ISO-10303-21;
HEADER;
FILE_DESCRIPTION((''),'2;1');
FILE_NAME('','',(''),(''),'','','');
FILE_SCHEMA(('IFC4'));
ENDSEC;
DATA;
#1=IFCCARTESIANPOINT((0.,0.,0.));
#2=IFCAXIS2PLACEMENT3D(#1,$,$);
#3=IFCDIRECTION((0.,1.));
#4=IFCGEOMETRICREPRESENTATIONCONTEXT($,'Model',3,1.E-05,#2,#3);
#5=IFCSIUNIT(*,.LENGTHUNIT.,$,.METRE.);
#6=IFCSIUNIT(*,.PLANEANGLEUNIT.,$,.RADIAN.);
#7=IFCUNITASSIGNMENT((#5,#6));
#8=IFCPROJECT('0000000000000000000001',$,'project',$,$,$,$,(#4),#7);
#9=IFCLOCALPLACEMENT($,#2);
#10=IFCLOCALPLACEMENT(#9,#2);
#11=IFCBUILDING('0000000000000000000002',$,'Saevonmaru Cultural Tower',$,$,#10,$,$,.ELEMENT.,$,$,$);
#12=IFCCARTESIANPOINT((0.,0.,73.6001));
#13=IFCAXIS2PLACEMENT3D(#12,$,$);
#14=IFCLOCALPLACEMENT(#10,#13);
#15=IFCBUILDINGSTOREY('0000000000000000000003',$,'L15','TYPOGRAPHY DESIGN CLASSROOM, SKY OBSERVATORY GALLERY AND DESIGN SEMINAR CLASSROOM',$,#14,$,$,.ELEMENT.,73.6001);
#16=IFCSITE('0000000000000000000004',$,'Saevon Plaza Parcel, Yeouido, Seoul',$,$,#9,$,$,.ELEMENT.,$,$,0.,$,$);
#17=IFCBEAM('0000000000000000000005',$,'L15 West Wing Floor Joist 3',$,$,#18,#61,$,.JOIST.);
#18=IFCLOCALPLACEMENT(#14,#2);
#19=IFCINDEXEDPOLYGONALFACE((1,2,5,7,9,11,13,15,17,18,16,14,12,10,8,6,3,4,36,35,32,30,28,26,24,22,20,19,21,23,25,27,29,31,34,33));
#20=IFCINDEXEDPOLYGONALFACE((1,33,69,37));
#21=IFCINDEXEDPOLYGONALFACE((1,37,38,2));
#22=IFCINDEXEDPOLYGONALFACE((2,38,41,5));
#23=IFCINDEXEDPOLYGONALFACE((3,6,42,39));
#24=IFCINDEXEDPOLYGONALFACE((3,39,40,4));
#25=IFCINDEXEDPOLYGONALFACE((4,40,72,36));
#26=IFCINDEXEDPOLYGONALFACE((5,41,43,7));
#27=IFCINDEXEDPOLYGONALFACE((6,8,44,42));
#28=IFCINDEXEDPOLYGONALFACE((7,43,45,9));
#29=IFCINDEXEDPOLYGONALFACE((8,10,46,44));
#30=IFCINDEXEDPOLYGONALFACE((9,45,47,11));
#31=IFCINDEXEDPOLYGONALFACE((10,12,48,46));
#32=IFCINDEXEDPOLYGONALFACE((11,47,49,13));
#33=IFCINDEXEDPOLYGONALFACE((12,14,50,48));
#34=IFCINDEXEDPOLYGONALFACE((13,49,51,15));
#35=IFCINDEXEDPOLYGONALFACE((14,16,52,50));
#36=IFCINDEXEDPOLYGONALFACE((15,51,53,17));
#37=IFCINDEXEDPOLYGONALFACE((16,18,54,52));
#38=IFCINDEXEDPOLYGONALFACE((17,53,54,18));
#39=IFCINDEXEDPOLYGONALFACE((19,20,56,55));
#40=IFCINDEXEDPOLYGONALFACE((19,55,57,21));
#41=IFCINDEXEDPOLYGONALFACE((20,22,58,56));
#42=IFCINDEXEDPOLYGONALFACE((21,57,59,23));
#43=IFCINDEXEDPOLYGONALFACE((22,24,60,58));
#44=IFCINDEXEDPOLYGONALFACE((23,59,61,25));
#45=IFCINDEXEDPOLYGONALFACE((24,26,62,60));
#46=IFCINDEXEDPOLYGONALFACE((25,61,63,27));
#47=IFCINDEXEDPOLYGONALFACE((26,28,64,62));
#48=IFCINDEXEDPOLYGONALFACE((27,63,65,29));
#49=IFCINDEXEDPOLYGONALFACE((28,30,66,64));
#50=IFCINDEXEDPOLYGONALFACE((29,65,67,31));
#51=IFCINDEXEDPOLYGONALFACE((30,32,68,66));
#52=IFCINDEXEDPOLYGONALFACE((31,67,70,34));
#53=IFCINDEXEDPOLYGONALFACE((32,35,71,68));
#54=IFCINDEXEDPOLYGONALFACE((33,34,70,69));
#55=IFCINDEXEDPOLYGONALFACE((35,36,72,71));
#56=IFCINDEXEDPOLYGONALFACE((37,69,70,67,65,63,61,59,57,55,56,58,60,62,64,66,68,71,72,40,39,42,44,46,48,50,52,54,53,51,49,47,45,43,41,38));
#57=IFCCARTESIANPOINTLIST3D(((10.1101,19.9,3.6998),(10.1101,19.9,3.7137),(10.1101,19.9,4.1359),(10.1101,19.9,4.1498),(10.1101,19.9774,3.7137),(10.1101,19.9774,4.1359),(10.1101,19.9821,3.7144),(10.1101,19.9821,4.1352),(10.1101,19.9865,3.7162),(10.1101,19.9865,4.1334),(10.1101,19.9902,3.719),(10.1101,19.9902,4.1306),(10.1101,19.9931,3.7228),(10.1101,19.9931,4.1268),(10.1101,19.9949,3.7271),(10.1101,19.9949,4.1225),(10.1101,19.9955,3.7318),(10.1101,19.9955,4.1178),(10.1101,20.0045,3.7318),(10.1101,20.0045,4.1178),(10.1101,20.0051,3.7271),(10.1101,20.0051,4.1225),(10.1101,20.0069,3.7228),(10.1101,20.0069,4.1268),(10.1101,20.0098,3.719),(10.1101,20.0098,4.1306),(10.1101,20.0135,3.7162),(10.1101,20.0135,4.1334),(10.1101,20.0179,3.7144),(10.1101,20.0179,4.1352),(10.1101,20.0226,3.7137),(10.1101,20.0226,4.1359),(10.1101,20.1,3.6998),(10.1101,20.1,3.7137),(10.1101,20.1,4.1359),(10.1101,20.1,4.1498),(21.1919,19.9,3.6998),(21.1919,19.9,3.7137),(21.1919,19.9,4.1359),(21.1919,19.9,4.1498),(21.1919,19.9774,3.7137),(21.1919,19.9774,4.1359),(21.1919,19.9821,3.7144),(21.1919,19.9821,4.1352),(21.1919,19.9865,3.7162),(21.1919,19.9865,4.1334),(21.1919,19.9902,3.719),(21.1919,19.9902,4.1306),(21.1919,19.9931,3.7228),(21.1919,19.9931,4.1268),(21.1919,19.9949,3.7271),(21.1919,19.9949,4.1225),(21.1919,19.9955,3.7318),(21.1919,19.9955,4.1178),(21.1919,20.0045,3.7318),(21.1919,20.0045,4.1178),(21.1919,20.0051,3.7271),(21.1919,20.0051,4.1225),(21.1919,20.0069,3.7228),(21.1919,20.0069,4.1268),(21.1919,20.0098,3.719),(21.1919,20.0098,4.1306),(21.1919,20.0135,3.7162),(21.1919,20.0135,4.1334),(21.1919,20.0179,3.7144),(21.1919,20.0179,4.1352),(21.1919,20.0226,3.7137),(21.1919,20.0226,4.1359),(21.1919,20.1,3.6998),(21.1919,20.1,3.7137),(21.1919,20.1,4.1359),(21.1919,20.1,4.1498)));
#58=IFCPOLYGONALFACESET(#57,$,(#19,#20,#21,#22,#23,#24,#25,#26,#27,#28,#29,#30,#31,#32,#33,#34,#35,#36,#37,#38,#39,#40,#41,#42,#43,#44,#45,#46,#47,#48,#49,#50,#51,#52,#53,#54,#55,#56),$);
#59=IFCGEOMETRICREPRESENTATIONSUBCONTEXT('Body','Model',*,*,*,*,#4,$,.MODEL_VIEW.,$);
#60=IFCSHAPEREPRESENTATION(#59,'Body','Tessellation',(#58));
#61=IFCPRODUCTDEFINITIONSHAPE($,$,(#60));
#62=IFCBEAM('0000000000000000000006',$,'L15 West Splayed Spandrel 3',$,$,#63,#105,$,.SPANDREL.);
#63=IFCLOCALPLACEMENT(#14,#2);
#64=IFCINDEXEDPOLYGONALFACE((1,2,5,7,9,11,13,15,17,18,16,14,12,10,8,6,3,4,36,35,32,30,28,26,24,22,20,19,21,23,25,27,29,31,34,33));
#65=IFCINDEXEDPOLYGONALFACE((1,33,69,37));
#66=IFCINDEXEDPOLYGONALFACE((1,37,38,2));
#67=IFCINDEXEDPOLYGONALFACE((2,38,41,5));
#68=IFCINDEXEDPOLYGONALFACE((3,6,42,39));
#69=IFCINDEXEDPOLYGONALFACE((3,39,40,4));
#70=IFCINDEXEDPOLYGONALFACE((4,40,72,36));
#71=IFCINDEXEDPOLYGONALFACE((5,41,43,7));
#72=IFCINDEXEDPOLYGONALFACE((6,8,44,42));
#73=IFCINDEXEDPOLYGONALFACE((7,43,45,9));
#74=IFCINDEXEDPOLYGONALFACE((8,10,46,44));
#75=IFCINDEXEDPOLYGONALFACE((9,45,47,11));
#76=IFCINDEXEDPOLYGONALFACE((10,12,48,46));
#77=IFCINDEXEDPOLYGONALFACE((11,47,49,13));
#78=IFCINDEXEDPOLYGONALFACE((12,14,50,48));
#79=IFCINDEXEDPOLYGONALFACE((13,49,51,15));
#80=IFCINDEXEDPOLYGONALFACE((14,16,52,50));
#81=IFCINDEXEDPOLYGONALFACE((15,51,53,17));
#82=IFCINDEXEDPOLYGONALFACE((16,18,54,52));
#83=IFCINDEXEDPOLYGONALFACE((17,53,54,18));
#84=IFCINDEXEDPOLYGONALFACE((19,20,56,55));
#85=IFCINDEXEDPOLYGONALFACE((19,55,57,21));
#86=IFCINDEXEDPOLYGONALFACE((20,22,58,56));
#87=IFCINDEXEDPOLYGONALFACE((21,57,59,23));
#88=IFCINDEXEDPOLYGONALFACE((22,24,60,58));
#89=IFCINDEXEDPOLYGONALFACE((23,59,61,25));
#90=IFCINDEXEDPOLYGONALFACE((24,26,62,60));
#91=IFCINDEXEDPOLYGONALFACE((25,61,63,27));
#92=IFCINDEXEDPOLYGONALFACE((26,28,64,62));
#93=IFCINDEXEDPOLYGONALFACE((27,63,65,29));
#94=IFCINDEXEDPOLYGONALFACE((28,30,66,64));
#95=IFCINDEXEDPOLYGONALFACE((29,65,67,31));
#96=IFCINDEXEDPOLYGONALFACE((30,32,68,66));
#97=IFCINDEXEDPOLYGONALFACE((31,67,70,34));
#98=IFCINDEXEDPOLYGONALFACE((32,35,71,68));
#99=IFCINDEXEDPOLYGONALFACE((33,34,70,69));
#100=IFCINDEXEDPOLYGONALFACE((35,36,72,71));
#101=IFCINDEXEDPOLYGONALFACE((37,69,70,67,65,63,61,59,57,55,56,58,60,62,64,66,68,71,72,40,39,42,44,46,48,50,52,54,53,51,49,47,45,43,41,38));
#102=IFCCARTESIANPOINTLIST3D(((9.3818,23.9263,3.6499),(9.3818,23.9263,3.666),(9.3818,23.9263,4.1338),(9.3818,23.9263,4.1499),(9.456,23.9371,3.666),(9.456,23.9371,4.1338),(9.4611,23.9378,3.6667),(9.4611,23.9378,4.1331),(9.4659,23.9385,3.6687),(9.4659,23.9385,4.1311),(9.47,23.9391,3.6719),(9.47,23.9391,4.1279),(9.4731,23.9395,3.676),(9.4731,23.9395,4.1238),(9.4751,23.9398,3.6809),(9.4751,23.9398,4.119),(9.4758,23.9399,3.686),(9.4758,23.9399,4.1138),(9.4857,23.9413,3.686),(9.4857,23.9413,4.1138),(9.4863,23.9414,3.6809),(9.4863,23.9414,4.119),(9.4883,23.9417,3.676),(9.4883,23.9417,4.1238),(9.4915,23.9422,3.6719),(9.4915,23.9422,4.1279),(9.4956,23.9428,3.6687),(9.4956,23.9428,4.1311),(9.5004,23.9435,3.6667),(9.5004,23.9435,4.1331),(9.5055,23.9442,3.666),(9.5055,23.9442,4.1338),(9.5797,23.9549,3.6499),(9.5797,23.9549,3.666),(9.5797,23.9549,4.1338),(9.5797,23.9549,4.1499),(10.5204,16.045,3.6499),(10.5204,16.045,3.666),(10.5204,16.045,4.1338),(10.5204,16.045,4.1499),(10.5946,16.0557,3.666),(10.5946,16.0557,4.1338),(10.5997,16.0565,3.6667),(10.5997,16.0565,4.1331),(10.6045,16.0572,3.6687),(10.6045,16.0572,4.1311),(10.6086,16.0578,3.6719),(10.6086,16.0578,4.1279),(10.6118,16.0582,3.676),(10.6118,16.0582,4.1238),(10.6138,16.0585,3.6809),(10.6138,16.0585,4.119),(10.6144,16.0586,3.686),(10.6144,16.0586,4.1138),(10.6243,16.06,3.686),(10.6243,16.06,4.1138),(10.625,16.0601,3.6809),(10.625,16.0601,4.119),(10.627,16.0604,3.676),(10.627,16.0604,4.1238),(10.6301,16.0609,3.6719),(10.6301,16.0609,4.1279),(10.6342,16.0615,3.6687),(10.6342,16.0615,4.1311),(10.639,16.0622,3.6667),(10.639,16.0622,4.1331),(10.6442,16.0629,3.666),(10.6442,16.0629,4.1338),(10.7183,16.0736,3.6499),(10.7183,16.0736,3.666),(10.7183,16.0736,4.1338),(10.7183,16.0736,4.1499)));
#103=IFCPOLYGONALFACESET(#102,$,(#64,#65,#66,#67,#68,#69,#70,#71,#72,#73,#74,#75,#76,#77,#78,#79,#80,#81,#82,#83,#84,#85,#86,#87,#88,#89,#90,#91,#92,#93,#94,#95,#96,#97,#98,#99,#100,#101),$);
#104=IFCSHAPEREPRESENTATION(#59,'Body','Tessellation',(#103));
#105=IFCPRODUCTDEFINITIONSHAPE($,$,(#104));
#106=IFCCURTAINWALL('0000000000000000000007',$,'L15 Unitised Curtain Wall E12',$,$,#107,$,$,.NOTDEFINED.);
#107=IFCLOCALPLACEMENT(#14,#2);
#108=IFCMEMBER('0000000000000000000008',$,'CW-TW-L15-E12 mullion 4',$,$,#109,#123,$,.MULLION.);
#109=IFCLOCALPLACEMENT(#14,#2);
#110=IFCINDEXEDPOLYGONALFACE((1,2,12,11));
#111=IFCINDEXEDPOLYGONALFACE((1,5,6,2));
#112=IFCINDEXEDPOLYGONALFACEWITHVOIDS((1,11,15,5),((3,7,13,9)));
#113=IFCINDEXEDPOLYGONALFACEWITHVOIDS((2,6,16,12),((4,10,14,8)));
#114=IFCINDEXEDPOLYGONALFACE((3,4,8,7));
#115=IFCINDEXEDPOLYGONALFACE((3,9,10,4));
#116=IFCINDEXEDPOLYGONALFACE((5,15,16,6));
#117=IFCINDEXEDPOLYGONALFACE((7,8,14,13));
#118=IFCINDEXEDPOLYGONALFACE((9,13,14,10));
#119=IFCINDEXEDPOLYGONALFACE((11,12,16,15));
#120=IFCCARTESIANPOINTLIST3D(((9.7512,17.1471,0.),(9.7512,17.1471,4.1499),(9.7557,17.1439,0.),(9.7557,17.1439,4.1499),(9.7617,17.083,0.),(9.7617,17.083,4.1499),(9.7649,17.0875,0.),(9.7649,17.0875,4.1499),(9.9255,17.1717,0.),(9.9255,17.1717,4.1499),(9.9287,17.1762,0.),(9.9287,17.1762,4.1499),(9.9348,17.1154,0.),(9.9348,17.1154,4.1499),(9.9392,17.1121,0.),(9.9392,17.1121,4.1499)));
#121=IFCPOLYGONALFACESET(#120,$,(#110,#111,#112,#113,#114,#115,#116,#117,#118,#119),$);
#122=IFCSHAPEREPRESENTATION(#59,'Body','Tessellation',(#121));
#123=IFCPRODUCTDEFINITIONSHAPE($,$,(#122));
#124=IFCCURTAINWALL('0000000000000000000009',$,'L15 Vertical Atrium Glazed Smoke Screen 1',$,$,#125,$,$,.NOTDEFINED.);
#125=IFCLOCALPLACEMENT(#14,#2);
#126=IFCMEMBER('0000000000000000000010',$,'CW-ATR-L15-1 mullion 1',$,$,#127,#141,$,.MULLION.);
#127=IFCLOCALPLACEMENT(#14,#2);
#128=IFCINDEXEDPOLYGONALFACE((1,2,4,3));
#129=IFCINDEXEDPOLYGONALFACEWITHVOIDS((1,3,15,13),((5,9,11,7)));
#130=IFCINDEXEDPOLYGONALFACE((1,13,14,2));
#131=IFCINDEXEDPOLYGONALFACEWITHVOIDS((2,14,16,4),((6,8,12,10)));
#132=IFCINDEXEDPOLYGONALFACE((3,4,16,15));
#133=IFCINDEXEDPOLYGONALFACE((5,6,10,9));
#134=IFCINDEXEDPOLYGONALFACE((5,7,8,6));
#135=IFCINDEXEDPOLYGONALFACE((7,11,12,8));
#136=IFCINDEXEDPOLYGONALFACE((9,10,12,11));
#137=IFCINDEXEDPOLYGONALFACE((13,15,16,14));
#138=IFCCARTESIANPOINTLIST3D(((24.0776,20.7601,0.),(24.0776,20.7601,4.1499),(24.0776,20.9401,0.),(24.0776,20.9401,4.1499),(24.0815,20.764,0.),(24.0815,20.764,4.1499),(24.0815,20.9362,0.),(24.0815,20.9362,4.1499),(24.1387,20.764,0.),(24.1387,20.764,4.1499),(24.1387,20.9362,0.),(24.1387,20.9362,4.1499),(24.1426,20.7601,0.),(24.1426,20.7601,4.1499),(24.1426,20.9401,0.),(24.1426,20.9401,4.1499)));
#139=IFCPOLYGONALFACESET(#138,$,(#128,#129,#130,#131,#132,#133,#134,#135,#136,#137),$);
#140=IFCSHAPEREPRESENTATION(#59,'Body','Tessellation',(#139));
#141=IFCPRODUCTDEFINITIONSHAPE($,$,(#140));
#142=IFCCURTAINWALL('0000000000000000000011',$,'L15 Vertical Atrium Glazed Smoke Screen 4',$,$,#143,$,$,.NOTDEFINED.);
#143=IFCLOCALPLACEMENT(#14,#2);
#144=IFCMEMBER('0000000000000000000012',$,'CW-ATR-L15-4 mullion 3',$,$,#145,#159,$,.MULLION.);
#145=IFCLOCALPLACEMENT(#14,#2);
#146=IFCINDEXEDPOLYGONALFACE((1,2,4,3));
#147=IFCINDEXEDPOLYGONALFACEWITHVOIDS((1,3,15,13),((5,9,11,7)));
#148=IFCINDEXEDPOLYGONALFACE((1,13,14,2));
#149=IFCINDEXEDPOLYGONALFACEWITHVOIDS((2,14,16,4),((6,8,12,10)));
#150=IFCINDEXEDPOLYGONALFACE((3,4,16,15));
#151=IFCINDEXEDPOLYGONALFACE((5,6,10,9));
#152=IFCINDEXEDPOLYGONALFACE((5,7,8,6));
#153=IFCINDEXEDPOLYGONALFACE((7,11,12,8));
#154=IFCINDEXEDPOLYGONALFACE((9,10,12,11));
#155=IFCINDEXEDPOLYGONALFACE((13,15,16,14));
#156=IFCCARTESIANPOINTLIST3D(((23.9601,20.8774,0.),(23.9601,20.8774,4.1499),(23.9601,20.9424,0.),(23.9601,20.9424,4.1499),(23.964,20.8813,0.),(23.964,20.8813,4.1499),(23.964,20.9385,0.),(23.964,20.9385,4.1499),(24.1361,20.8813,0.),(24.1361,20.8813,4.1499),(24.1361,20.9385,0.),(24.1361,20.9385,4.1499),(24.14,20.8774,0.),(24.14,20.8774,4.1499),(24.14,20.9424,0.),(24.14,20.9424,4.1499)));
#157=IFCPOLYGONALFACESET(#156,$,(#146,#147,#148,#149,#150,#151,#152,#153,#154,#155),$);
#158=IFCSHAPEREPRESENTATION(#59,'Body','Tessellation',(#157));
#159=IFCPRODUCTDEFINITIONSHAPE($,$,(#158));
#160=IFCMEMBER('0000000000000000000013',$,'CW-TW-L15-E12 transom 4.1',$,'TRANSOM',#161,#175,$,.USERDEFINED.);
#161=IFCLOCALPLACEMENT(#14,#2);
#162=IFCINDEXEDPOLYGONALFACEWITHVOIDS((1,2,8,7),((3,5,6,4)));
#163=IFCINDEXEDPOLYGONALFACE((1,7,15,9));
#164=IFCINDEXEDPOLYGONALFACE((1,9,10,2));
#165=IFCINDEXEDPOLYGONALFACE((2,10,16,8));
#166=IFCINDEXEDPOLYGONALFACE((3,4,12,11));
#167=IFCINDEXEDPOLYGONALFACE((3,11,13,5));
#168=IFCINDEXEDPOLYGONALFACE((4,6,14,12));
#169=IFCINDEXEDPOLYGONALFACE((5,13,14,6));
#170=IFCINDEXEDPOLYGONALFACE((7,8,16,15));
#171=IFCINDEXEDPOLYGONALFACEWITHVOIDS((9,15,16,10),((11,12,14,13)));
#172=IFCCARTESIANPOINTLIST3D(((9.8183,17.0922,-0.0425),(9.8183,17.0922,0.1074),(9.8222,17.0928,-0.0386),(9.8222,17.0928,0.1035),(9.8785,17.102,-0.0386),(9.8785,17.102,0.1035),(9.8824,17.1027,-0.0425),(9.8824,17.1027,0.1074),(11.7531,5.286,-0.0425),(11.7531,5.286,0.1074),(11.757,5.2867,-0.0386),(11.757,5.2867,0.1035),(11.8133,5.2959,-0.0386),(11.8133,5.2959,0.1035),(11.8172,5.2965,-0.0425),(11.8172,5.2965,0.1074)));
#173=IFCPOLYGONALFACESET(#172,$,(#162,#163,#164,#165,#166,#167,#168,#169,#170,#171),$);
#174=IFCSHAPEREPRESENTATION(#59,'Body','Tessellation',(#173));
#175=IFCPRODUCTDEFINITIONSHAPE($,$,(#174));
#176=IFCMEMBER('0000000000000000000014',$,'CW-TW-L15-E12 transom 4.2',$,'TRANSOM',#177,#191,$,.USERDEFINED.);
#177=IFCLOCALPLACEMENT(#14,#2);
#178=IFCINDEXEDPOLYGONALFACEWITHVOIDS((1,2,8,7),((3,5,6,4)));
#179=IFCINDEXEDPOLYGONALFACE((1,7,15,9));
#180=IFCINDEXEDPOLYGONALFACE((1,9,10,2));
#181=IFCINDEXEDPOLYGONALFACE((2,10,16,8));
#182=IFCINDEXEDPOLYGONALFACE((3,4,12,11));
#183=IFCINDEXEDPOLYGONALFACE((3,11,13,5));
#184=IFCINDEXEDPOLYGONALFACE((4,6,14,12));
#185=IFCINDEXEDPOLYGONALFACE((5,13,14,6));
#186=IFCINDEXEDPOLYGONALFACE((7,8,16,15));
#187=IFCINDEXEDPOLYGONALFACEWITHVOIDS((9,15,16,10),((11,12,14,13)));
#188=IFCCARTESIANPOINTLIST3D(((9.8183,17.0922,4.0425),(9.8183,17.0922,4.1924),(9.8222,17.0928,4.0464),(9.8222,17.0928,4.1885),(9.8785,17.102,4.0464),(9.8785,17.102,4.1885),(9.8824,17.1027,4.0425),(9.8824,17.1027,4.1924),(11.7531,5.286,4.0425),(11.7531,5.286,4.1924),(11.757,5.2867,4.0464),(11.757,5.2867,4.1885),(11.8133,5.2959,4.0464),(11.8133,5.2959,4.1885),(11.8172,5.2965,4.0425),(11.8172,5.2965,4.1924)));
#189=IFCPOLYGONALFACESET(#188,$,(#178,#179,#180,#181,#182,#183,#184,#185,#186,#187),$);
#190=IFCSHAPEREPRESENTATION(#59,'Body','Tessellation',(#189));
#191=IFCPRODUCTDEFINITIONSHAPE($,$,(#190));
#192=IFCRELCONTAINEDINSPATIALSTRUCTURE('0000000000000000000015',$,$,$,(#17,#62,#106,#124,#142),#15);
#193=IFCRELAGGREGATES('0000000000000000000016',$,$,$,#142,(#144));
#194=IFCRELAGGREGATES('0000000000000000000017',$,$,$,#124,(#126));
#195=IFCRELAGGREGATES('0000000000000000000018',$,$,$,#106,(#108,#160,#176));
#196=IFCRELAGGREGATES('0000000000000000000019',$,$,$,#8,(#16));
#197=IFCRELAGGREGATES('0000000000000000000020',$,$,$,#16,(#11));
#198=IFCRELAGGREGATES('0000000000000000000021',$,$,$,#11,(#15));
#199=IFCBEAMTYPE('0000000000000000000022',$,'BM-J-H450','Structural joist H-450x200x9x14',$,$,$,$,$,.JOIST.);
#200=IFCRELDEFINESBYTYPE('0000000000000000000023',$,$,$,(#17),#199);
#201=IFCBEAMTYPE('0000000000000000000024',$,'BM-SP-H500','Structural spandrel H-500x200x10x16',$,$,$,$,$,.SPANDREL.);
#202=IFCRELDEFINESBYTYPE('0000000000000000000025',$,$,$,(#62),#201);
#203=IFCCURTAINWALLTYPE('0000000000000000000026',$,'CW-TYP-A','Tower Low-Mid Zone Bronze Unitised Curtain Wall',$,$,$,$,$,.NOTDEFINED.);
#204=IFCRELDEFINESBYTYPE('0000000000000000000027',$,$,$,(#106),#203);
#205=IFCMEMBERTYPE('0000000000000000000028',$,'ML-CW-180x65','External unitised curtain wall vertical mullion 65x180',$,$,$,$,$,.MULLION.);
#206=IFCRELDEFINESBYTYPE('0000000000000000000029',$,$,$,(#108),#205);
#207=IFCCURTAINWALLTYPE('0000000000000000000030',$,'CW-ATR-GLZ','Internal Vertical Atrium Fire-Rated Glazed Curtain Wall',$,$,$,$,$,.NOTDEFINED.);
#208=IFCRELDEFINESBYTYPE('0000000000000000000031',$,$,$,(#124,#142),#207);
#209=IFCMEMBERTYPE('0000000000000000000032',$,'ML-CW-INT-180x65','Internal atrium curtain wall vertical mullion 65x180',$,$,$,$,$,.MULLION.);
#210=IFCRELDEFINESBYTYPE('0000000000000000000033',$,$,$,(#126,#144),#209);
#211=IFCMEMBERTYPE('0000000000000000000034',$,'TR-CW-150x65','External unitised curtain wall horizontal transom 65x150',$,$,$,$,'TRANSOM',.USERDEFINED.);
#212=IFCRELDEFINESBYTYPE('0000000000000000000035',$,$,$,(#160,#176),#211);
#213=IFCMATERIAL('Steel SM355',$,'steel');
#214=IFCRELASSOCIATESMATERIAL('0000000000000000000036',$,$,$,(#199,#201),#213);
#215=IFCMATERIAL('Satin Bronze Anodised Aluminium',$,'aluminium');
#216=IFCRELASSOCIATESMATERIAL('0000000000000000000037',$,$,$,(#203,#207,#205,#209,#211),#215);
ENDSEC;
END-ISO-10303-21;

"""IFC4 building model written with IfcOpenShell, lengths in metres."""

from ifc_helpers import new_model, si_unit, direction, frame, origin, origin_2d, place, context, subcontext, project, spatial, hollow_rectangle, i_section, extrude, material, material_profile, profile_set, type_object, element, aggregate, save


model = new_model("IFC4")

# Units and contexts
model_context = context("Model", 3, precision=1e-05, world=origin(), true_north=direction((0.0, 1.0)))
body_context = subcontext(model_context, "Body", "Model", "MODEL_VIEW")
ifc_project = project(units=[si_unit("LENGTHUNIT", "METRE"), si_unit("PLANEANGLEUNIT", "RADIAN")], contexts=[model_context])

# Site, building, storey
site_placement = place(None, origin())
site = spatial("IfcSite", under=ifc_project, at=site_placement, Name="Saevon Plaza Parcel, Yeouido, Seoul", CompositionType="ELEMENT", RefElevation=0.0)
building_placement = place(site_placement, origin())
building = spatial("IfcBuilding", under=site, at=building_placement, Name="Saevonmaru Cultural Tower", CompositionType="ELEMENT")
storey_placement = place(building_placement, frame((0.0, 0.0, 73.6001)))
storey = spatial("IfcBuildingStorey", under=building, at=storey_placement, Name="L15", Description="TYPOGRAPHY DESIGN CLASSROOM, SKY OBSERVATORY GALLERY AND DESIGN SEMINAR CLASSROOM", CompositionType="ELEMENT", Elevation=73.6001)

# Beams
ifc_material_1 = material(Name="Steel SM355", Category="steel")
ifc_material_profile_1 = material_profile(ifc_material_1, i_section(OverallWidth=0.2, OverallDepth=0.45, WebThickness=0.009, FlangeThickness=0.0139, FilletRadius=0.0181, at=origin_2d()), Name="H-450x200x9x14")
ifc_profile_set_1 = profile_set([ifc_material_profile_1], Name="Steel SM355")
beam_type_1 = type_object("IfcBeamType", Name="BM-J-H450", Description="Structural joist H-450x200x9x14", PredefinedType="JOIST", material=ifc_profile_set_1)
beam_1_placement = place(storey_placement, frame((10.1101, 20.0, 3.9248), z_axis=(1.0, 0.0, 0.0), x_axis=(0.0, 1.0, 0.0)))
element("IfcBeam", 1, at=beam_1_placement, inside=storey, type_object=beam_type_1, Name="L15 West Wing Floor Joist 3", PredefinedType="JOIST", context=body_context, shape_type="SweptSolid", body=[
    extrude(i_section(OverallWidth=0.2, OverallDepth=0.45, WebThickness=0.009, FlangeThickness=0.0139, FilletRadius=0.0181, at=origin_2d()), origin(), (0.0, 0.0, 1.0), 11.0818),
])
ifc_material_profile_2 = material_profile(ifc_material_1, i_section(OverallWidth=0.2, OverallDepth=0.5, WebThickness=0.01, FlangeThickness=0.0161, FilletRadius=0.02, at=origin_2d()), Name="H-500x200x10x16")
ifc_profile_set_2 = profile_set([ifc_material_profile_2], Name="Steel SM355")
beam_type_2 = type_object("IfcBeamType", Name="BM-SP-H500", Description="Structural spandrel H-500x200x10x16", PredefinedType="SPANDREL", material=ifc_profile_set_2)
beam_2_placement = place(storey_placement, frame((10.6194, 16.0593, 3.8999), z_axis=(-0.142992, 0.989724, 0.0), x_axis=(-0.989724, -0.142992, 0.0)))
element("IfcBeam", 2, at=beam_2_placement, inside=storey, type_object=beam_type_2, Name="L15 West Splayed Spandrel 3", PredefinedType="SPANDREL", context=body_context, shape_type="SweptSolid", body=[
    extrude(i_section(OverallWidth=0.2, OverallDepth=0.5, WebThickness=0.01, FlangeThickness=0.0161, FilletRadius=0.02, at=origin_2d()), origin(), (0.0, 0.0, 1.0), 7.9631),
])

# Curtain walls, members
ifc_material_2 = material(Name="Satin Bronze Anodised Aluminium", Category="aluminium")
curtain_wall_type_1 = type_object("IfcCurtainWallType", Name="CW-TYP-A", Description="Tower Low-Mid Zone Bronze Unitised Curtain Wall", PredefinedType="NOTDEFINED", material=ifc_material_2)
curtain_wall_1_placement = place(storey_placement, origin())
curtain_wall_1 = element("IfcCurtainWall", 3, at=curtain_wall_1_placement, inside=storey, type_object=curtain_wall_type_1, Name="L15 Unitised Curtain Wall E12", PredefinedType="NOTDEFINED")
ifc_material_profile_3 = material_profile(ifc_material_2, hollow_rectangle(XDim=0.0649, YDim=0.1799, WallThickness=0.0039, at=origin_2d()), Name="ALU-MULL-180x65x4")
ifc_profile_set_3 = profile_set([ifc_material_profile_3], Name="Satin Bronze Anodised Aluminium")
member_type_1 = type_object("IfcMemberType", Name="ML-CW-180x65", Description="External unitised curtain wall vertical mullion 65x180", PredefinedType="MULLION", material=ifc_profile_set_3)
member_1_placement = place(storey_placement, frame((9.8452, 17.1296, 0.0), z_axis=(0.0, 0.0, 1.0), x_axis=(0.161709, -0.986839, 0.0)))
member_1 = element("IfcMember", 4, at=member_1_placement, type_object=member_type_1, Name="CW-TW-L15-E12 mullion 4", PredefinedType="MULLION", context=body_context, shape_type="SweptSolid", body=[
    extrude(hollow_rectangle(XDim=0.0649, YDim=0.1799, WallThickness=0.0039, at=origin_2d()), origin(), (0.0, 0.0, 1.0), 4.1499),
])
curtain_wall_type_2 = type_object("IfcCurtainWallType", Name="CW-ATR-GLZ", Description="Internal Vertical Atrium Fire-Rated Glazed Curtain Wall", PredefinedType="NOTDEFINED", material=ifc_material_2)
curtain_wall_2_placement = place(storey_placement, origin())
curtain_wall_2 = element("IfcCurtainWall", 5, at=curtain_wall_2_placement, inside=storey, type_object=curtain_wall_type_2, Name="L15 Vertical Atrium Glazed Smoke Screen 1", PredefinedType="NOTDEFINED")
ifc_material_profile_4 = material_profile(ifc_material_2, hollow_rectangle(XDim=0.0649, YDim=0.1799, WallThickness=0.0039, at=origin_2d()), Name="ALU-MULL-180x65x4")
ifc_profile_set_4 = profile_set([ifc_material_profile_4], Name="Satin Bronze Anodised Aluminium")
member_type_2 = type_object("IfcMemberType", Name="ML-CW-INT-180x65", Description="Internal atrium curtain wall vertical mullion 65x180", PredefinedType="MULLION", material=ifc_profile_set_4)
member_2_placement = place(storey_placement, frame((24.1101, 20.8501, 0.0), z_axis=(0.0, 0.0, 1.0), x_axis=(1.0, 0.0, 0.0)))
member_2 = element("IfcMember", 6, at=member_2_placement, type_object=member_type_2, Name="CW-ATR-L15-1 mullion 1", PredefinedType="MULLION", context=body_context, shape_type="SweptSolid", body=[
    extrude(hollow_rectangle(XDim=0.0649, YDim=0.1799, WallThickness=0.0039, at=origin_2d()), origin(), (0.0, 0.0, 1.0), 4.1499),
])
curtain_wall_3_placement = place(storey_placement, origin())
curtain_wall_3 = element("IfcCurtainWall", 7, at=curtain_wall_3_placement, inside=storey, type_object=curtain_wall_type_2, Name="L15 Vertical Atrium Glazed Smoke Screen 4", PredefinedType="NOTDEFINED")
member_3_placement = place(storey_placement, frame((24.05, 20.9099, 0.0), z_axis=(0.0, 0.0, 1.0), x_axis=(0.0, -1.0, 0.0)))
member_3 = element("IfcMember", 8, at=member_3_placement, type_object=member_type_2, Name="CW-ATR-L15-4 mullion 3", PredefinedType="MULLION", context=body_context, shape_type="SweptSolid", body=[
    extrude(hollow_rectangle(XDim=0.0649, YDim=0.1799, WallThickness=0.0039, at=origin_2d()), origin(), (0.0, 0.0, 1.0), 4.1499),
])
aggregate(curtain_wall_3, [member_3])

# Members
ifc_material_profile_5 = material_profile(ifc_material_2, hollow_rectangle(XDim=0.0649, YDim=0.1499, WallThickness=0.0039, at=origin_2d()), Name="ALU-TRAN-150x65x4")
ifc_profile_set_5 = profile_set([ifc_material_profile_5], Name="Satin Bronze Anodised Aluminium")
member_type_3 = type_object("IfcMemberType", Name="TR-CW-150x65", Description="External unitised curtain wall horizontal transom 65x150", ElementType="TRANSOM", PredefinedType="USERDEFINED", material=ifc_profile_set_5)
member_4_placement = place(storey_placement, frame((9.8503, 17.0974, 0.0325), z_axis=(0.161725, -0.986836, 0.0), x_axis=(0.986836, 0.161725, 0.0)))
member_4 = element("IfcMember", 9, at=member_4_placement, type_object=member_type_3, Name="CW-TW-L15-E12 transom 4.1", ObjectType="TRANSOM", PredefinedType="USERDEFINED", context=body_context, shape_type="SweptSolid", body=[
    extrude(hollow_rectangle(XDim=0.0649, YDim=0.1499, WallThickness=0.0039, at=origin_2d()), origin(), (0.0, 0.0, 1.0), 11.9636),
])
member_5_placement = place(storey_placement, frame((9.8503, 17.0974, 4.1174), z_axis=(0.161725, -0.986836, 0.0), x_axis=(0.986836, 0.161725, 0.0)))
member_5 = element("IfcMember", 10, at=member_5_placement, type_object=member_type_3, Name="CW-TW-L15-E12 transom 4.2", ObjectType="TRANSOM", PredefinedType="USERDEFINED", context=body_context, shape_type="SweptSolid", body=[
    extrude(hollow_rectangle(XDim=0.0649, YDim=0.1499, WallThickness=0.0039, at=origin_2d()), origin(), (0.0, 0.0, 1.0), 11.9636),
])
aggregate(curtain_wall_2, [member_2])

aggregate(curtain_wall_1, [member_1, member_4, member_5])

save(model, "model.ifc")
